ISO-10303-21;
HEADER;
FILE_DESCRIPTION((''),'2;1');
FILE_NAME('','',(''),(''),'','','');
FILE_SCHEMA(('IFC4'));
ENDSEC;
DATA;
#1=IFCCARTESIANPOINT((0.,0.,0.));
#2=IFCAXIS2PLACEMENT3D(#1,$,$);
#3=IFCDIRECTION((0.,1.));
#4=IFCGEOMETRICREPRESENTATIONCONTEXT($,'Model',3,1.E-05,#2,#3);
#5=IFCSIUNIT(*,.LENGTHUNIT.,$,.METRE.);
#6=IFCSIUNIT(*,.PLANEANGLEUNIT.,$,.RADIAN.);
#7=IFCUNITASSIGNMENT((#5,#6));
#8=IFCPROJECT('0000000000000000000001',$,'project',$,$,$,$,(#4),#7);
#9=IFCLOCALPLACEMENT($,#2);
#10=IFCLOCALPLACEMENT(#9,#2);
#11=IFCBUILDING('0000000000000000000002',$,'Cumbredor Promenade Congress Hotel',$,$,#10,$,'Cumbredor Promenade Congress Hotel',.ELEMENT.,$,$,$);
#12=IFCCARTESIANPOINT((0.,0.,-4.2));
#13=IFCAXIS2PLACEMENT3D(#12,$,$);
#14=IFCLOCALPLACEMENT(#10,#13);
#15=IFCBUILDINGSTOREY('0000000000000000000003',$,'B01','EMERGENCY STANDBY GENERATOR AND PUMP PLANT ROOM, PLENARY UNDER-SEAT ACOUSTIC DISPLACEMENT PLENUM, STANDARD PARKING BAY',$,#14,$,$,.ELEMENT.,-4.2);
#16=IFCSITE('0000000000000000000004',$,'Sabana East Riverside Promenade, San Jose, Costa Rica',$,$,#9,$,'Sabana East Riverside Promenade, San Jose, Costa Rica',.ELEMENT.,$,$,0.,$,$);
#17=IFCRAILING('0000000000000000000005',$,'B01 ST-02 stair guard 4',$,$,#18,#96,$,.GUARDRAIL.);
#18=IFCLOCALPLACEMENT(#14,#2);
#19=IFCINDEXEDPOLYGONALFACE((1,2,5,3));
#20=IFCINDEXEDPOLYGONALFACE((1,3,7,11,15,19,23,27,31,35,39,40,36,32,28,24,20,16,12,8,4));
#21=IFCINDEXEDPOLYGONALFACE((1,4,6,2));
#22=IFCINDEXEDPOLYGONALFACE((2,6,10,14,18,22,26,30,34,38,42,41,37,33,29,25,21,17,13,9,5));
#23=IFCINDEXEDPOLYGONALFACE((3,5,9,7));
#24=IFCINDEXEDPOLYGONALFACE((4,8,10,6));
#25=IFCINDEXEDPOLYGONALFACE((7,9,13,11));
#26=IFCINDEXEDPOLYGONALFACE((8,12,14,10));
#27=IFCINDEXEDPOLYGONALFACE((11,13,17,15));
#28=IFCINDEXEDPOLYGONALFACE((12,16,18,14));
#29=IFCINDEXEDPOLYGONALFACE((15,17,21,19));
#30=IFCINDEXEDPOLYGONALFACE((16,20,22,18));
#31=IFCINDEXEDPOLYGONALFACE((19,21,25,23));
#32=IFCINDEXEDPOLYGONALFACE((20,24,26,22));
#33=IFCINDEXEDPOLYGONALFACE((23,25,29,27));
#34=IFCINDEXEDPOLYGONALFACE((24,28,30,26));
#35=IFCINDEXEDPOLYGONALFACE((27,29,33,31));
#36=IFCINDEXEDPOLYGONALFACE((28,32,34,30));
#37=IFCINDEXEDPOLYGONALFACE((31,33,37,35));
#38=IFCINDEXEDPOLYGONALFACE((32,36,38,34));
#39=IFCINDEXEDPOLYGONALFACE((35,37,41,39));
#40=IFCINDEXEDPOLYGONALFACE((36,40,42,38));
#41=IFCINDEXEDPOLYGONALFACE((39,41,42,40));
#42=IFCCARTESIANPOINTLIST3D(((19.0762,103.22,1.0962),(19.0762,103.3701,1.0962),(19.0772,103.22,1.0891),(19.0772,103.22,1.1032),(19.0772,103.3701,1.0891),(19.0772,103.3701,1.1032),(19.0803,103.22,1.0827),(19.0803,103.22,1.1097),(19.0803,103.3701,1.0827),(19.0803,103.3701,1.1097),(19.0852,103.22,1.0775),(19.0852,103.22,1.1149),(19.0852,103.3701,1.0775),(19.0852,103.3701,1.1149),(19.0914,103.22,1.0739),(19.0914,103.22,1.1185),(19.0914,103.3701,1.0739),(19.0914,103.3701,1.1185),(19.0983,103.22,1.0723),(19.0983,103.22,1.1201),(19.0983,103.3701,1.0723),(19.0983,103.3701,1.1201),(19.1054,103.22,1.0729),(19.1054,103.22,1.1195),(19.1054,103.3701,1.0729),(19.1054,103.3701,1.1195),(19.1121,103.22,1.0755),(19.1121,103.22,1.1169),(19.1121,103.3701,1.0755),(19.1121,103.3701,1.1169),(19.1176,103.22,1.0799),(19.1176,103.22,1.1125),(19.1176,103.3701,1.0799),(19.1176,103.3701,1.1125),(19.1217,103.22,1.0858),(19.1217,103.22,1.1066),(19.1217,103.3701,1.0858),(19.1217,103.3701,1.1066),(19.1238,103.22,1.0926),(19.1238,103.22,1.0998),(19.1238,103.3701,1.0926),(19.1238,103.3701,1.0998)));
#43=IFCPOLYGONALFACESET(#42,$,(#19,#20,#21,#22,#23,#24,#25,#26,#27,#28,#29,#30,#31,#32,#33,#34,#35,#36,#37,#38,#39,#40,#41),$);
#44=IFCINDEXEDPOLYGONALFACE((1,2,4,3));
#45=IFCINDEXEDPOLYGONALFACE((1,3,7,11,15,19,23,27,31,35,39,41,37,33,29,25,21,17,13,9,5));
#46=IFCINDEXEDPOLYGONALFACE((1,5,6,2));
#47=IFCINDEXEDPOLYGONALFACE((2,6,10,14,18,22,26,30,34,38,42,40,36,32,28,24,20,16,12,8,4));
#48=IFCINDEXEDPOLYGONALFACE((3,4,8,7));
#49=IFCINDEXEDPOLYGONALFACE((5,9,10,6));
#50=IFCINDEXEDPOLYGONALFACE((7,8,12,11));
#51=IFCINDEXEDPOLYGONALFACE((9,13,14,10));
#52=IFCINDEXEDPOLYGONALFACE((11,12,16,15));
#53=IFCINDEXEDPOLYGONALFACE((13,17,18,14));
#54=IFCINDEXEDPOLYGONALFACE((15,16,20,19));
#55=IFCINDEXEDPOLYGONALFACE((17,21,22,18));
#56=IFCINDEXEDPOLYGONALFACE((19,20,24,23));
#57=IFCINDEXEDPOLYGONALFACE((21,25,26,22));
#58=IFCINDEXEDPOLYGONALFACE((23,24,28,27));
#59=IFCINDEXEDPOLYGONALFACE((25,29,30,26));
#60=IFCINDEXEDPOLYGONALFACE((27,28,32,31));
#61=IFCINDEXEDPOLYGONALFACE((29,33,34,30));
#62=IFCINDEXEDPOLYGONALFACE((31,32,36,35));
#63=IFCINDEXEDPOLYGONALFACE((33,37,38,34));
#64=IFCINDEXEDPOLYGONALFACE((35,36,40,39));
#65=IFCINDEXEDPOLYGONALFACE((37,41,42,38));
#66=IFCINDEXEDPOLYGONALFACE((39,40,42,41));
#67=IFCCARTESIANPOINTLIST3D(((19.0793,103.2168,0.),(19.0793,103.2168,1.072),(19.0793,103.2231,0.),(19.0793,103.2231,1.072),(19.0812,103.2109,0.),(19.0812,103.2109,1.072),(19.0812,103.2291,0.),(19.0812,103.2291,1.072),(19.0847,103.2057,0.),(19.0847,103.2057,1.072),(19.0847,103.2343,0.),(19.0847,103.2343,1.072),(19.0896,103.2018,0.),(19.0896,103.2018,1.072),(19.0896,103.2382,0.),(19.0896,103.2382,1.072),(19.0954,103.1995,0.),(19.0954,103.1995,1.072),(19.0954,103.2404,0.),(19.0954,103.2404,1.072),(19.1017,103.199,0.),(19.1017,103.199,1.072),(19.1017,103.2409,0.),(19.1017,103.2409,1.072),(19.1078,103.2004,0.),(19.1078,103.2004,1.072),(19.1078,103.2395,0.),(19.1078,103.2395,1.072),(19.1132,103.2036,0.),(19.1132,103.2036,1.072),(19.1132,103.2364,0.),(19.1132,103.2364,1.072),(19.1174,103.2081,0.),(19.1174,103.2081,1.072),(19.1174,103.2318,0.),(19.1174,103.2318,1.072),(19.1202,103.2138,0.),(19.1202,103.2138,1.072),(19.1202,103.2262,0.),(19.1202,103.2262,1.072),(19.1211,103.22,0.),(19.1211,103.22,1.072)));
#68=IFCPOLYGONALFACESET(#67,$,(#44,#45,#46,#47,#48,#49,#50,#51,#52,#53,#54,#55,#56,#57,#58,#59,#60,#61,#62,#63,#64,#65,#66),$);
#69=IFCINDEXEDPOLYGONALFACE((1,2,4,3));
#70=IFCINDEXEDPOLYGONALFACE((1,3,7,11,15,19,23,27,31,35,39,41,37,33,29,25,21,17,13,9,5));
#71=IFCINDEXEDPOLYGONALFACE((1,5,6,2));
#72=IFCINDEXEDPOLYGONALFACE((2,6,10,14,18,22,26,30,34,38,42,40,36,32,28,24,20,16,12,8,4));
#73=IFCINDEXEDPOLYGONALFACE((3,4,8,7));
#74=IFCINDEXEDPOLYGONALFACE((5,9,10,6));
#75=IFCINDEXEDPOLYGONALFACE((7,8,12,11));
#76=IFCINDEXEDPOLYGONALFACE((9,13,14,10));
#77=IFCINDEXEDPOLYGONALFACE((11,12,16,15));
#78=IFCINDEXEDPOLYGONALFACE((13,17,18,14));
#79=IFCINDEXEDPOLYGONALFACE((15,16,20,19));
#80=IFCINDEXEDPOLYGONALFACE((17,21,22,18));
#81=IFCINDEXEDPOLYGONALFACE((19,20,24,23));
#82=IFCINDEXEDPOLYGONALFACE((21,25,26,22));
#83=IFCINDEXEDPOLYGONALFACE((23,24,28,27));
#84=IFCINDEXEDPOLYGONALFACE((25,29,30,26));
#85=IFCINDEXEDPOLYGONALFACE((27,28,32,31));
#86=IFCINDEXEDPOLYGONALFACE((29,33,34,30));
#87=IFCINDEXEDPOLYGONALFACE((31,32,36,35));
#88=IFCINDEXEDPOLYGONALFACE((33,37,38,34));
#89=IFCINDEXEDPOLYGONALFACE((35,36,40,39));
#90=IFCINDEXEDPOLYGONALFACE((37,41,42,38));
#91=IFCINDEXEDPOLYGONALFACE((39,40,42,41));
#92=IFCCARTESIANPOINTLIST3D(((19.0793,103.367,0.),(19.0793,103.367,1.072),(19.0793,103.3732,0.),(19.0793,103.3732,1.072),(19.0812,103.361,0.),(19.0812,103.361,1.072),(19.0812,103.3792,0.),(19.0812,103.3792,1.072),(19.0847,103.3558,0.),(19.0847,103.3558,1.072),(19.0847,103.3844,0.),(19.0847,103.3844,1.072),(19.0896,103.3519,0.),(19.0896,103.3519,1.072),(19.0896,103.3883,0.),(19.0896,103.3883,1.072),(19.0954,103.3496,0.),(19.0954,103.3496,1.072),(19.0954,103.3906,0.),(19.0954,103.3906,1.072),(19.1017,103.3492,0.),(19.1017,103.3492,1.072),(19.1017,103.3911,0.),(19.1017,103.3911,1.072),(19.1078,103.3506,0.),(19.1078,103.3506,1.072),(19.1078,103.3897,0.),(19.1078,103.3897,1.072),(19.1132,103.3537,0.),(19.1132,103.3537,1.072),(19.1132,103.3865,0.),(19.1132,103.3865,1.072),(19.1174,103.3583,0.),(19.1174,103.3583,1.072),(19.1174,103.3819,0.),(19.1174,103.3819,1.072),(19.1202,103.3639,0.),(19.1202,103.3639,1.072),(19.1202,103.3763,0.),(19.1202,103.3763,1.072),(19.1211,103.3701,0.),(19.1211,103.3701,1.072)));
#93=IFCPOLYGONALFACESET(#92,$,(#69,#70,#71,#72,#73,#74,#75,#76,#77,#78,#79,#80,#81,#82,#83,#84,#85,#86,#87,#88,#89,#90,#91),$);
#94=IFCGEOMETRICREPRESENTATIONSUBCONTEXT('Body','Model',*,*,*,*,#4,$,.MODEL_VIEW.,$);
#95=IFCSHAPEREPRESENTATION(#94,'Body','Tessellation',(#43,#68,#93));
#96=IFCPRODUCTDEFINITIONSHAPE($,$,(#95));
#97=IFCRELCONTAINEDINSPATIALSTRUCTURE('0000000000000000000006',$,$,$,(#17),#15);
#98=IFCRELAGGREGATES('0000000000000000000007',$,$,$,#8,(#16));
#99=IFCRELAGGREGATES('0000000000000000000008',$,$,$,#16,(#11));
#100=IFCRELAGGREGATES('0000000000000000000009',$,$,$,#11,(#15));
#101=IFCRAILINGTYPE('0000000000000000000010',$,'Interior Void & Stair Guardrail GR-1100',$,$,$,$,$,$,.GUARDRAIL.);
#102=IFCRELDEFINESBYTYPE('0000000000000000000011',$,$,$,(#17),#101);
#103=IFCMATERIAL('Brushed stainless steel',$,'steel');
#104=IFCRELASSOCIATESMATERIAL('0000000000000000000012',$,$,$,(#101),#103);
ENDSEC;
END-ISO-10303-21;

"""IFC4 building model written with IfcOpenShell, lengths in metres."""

from ifc_helpers import new_model, si_unit, direction, frame, origin, origin_2d, place, context, subcontext, project, spatial, circle, extrude, material, type_object, element, save


model = new_model("IFC4")

# Units and contexts
model_context = context("Model", 3, precision=1e-05, world=origin(), true_north=direction((0.0, 1.0)))
body_context = subcontext(model_context, "Body", "Model", "MODEL_VIEW")
ifc_project = project(units=[si_unit("LENGTHUNIT", "METRE"), si_unit("PLANEANGLEUNIT", "RADIAN")], contexts=[model_context])

# Site, building, storey
site_placement = place(None, origin())
site = spatial("IfcSite", under=ifc_project, at=site_placement, Name="Sabana East Riverside Promenade, San Jose, Costa Rica", LongName="Sabana East Riverside Promenade, San Jose, Costa Rica", CompositionType="ELEMENT", RefElevation=0.0)
building_placement = place(site_placement, origin())
building = spatial("IfcBuilding", under=site, at=building_placement, Name="Cumbredor Promenade Congress Hotel", LongName="Cumbredor Promenade Congress Hotel", CompositionType="ELEMENT")
storey_placement = place(building_placement, frame((0.0, 0.0, -4.2)))
storey = spatial("IfcBuildingStorey", under=building, at=storey_placement, Name="B01", Description="EMERGENCY STANDBY GENERATOR AND PUMP PLANT ROOM, PLENARY UNDER-SEAT ACOUSTIC DISPLACEMENT PLENUM, STANDARD PARKING BAY", CompositionType="ELEMENT", Elevation=-4.2)

# Railing
ifc_material_1 = material(Name="Brushed stainless steel", Category="steel")
railing_type_1 = type_object("IfcRailingType", Name="Interior Void & Stair Guardrail GR-1100", PredefinedType="GUARDRAIL", material=ifc_material_1)
railing_1_placement = place(storey_placement, frame((19.1001, 103.22, 0.0)))
element("IfcRailing", 1, at=railing_1_placement, inside=storey, type_object=railing_type_1, Name="B01 ST-02 stair guard 4", PredefinedType="GUARDRAIL", context=body_context, shape_type="SweptSolid", body=[
    extrude(circle(Radius=0.0239, at=origin_2d()), frame((0.0, 0.0, 1.0962), z_axis=(0.0, 1.0, 0.0), x_axis=(-1.0, 0.0, 0.0)), (0.0, 0.0, 1.0), 0.1501),
    extrude(circle(Radius=0.021, at=origin_2d()), origin(), (0.0, 0.0, 1.0), 1.072),
    extrude(circle(Radius=0.021, at=origin_2d()), frame((0.0, 0.1501, 0.0)), (0.0, 0.0, 1.0), 1.072),
])

save(model, "model.ifc")
